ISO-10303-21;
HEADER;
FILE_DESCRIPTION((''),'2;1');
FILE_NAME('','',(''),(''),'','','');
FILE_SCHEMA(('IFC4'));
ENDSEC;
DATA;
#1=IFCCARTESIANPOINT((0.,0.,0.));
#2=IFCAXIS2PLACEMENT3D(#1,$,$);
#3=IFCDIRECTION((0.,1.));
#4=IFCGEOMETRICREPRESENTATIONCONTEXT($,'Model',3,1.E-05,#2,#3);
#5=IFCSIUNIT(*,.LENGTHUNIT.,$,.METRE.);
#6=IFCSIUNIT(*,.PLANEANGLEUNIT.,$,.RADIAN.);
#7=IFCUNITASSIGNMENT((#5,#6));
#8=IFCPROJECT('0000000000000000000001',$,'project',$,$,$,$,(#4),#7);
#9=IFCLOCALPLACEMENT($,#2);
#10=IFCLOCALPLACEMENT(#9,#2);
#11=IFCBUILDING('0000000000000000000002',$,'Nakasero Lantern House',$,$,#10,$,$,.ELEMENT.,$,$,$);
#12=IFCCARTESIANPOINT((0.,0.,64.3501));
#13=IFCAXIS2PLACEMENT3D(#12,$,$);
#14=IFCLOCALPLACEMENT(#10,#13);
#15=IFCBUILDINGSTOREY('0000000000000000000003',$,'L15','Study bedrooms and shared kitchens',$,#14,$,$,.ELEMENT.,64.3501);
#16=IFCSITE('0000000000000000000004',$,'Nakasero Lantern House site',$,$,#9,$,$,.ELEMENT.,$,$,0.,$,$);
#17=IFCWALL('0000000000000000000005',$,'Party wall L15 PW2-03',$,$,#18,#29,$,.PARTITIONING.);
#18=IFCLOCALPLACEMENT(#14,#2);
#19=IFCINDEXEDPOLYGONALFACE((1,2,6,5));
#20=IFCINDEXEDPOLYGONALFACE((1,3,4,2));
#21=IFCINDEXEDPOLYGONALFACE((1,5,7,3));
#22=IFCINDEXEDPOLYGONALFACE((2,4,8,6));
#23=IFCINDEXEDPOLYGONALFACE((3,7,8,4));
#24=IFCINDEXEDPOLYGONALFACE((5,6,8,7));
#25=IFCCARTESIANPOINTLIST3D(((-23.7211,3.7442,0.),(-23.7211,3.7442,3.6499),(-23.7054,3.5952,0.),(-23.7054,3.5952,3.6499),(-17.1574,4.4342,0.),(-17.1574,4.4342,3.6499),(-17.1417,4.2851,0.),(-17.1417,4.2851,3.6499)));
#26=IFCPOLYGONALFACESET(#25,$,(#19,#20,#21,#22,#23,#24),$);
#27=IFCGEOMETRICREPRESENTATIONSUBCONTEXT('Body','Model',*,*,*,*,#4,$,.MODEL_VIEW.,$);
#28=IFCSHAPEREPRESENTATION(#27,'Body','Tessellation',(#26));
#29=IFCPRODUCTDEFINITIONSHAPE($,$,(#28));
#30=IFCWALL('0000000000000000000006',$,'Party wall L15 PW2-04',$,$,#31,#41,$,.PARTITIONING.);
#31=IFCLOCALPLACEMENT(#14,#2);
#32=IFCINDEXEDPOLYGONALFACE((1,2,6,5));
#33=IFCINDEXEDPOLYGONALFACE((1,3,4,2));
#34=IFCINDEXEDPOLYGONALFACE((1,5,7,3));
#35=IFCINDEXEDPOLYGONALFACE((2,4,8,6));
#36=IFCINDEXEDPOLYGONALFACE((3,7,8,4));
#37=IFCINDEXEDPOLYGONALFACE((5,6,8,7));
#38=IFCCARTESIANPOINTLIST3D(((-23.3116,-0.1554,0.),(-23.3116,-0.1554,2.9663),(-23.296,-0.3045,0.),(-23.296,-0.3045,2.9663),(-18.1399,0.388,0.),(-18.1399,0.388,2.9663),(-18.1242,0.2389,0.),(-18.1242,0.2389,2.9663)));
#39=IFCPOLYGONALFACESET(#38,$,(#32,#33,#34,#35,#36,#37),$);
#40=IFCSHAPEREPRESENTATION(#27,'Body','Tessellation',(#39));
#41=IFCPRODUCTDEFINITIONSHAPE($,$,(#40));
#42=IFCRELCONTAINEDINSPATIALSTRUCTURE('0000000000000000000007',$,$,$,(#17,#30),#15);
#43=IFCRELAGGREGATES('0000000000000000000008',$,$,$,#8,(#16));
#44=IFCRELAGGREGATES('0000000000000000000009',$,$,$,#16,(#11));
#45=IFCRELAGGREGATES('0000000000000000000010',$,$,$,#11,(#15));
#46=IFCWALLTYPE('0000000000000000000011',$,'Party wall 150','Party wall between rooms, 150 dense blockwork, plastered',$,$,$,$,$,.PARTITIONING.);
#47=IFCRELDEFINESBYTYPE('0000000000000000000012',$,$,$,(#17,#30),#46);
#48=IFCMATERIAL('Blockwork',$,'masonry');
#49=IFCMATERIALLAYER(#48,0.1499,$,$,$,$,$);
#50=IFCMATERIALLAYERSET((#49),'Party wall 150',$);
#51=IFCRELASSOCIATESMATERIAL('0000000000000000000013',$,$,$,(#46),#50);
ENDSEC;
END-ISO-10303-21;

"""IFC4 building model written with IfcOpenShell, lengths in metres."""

from ifc_helpers import new_model, si_unit, direction, frame, frame_2d, origin, place, context, subcontext, project, spatial, rectangle, extrude, material, layer, layer_set, type_object, element, save


model = new_model("IFC4")

# Units and contexts
model_context = context("Model", 3, precision=1e-05, world=origin(), true_north=direction((0.0, 1.0)))
body_context = subcontext(model_context, "Body", "Model", "MODEL_VIEW")
ifc_project = project(units=[si_unit("LENGTHUNIT", "METRE"), si_unit("PLANEANGLEUNIT", "RADIAN")], contexts=[model_context])

# Site, building, storey
site_placement = place(None, origin())
site = spatial("IfcSite", under=ifc_project, at=site_placement, Name="Nakasero Lantern House site", CompositionType="ELEMENT", RefElevation=0.0)
building_placement = place(site_placement, origin())
building = spatial("IfcBuilding", under=site, at=building_placement, Name="Nakasero Lantern House", CompositionType="ELEMENT")
storey_placement = place(building_placement, frame((0.0, 0.0, 64.3501)))
storey = spatial("IfcBuildingStorey", under=building, at=storey_placement, Name="L15", Description="Study bedrooms and shared kitchens", CompositionType="ELEMENT", Elevation=64.3501)

# Walls
ifc_material_1 = material(Name="Blockwork", Category="masonry")
ifc_layer_1 = layer(ifc_material_1, 0.1499)
ifc_layer_set_1 = layer_set([ifc_layer_1], Name="Party wall 150")
wall_type_1 = type_object("IfcWallType", Name="Party wall 150", Description="Party wall between rooms, 150 dense blockwork, plastered", PredefinedType="PARTITIONING", material=ifc_layer_set_1)
wall_1_placement = place(storey_placement, frame((-17.1497, 4.3596, 0.0), z_axis=(0.0, 0.0, 1.0), x_axis=(-0.994521, -0.104538, 0.0)))
element("IfcWall", 1, at=wall_1_placement, inside=storey, type_object=wall_type_1, Name="Party wall L15 PW2-03", PredefinedType="PARTITIONING", context=body_context, shape_type="SweptSolid", body=[
    extrude(rectangle(XDim=6.5999, YDim=0.1499, at=frame_2d((3.2998, 0.0))), origin(), (0.0, 0.0, 1.0), 3.6499),
])
wall_2_placement = place(storey_placement, frame((-18.1321, 0.3135, 0.0), z_axis=(0.0, 0.0, 1.0), x_axis=(-0.994524, -0.104509, 0.0)))
element("IfcWall", 2, at=wall_2_placement, inside=storey, type_object=wall_type_1, Name="Party wall L15 PW2-04", PredefinedType="PARTITIONING", context=body_context, shape_type="SweptSolid", body=[
    extrude(rectangle(XDim=5.2002, YDim=0.1499, at=frame_2d((2.6001, 0.0))), origin(), (0.0, 0.0, 1.0), 2.9663),
])

save(model, "model.ifc")
